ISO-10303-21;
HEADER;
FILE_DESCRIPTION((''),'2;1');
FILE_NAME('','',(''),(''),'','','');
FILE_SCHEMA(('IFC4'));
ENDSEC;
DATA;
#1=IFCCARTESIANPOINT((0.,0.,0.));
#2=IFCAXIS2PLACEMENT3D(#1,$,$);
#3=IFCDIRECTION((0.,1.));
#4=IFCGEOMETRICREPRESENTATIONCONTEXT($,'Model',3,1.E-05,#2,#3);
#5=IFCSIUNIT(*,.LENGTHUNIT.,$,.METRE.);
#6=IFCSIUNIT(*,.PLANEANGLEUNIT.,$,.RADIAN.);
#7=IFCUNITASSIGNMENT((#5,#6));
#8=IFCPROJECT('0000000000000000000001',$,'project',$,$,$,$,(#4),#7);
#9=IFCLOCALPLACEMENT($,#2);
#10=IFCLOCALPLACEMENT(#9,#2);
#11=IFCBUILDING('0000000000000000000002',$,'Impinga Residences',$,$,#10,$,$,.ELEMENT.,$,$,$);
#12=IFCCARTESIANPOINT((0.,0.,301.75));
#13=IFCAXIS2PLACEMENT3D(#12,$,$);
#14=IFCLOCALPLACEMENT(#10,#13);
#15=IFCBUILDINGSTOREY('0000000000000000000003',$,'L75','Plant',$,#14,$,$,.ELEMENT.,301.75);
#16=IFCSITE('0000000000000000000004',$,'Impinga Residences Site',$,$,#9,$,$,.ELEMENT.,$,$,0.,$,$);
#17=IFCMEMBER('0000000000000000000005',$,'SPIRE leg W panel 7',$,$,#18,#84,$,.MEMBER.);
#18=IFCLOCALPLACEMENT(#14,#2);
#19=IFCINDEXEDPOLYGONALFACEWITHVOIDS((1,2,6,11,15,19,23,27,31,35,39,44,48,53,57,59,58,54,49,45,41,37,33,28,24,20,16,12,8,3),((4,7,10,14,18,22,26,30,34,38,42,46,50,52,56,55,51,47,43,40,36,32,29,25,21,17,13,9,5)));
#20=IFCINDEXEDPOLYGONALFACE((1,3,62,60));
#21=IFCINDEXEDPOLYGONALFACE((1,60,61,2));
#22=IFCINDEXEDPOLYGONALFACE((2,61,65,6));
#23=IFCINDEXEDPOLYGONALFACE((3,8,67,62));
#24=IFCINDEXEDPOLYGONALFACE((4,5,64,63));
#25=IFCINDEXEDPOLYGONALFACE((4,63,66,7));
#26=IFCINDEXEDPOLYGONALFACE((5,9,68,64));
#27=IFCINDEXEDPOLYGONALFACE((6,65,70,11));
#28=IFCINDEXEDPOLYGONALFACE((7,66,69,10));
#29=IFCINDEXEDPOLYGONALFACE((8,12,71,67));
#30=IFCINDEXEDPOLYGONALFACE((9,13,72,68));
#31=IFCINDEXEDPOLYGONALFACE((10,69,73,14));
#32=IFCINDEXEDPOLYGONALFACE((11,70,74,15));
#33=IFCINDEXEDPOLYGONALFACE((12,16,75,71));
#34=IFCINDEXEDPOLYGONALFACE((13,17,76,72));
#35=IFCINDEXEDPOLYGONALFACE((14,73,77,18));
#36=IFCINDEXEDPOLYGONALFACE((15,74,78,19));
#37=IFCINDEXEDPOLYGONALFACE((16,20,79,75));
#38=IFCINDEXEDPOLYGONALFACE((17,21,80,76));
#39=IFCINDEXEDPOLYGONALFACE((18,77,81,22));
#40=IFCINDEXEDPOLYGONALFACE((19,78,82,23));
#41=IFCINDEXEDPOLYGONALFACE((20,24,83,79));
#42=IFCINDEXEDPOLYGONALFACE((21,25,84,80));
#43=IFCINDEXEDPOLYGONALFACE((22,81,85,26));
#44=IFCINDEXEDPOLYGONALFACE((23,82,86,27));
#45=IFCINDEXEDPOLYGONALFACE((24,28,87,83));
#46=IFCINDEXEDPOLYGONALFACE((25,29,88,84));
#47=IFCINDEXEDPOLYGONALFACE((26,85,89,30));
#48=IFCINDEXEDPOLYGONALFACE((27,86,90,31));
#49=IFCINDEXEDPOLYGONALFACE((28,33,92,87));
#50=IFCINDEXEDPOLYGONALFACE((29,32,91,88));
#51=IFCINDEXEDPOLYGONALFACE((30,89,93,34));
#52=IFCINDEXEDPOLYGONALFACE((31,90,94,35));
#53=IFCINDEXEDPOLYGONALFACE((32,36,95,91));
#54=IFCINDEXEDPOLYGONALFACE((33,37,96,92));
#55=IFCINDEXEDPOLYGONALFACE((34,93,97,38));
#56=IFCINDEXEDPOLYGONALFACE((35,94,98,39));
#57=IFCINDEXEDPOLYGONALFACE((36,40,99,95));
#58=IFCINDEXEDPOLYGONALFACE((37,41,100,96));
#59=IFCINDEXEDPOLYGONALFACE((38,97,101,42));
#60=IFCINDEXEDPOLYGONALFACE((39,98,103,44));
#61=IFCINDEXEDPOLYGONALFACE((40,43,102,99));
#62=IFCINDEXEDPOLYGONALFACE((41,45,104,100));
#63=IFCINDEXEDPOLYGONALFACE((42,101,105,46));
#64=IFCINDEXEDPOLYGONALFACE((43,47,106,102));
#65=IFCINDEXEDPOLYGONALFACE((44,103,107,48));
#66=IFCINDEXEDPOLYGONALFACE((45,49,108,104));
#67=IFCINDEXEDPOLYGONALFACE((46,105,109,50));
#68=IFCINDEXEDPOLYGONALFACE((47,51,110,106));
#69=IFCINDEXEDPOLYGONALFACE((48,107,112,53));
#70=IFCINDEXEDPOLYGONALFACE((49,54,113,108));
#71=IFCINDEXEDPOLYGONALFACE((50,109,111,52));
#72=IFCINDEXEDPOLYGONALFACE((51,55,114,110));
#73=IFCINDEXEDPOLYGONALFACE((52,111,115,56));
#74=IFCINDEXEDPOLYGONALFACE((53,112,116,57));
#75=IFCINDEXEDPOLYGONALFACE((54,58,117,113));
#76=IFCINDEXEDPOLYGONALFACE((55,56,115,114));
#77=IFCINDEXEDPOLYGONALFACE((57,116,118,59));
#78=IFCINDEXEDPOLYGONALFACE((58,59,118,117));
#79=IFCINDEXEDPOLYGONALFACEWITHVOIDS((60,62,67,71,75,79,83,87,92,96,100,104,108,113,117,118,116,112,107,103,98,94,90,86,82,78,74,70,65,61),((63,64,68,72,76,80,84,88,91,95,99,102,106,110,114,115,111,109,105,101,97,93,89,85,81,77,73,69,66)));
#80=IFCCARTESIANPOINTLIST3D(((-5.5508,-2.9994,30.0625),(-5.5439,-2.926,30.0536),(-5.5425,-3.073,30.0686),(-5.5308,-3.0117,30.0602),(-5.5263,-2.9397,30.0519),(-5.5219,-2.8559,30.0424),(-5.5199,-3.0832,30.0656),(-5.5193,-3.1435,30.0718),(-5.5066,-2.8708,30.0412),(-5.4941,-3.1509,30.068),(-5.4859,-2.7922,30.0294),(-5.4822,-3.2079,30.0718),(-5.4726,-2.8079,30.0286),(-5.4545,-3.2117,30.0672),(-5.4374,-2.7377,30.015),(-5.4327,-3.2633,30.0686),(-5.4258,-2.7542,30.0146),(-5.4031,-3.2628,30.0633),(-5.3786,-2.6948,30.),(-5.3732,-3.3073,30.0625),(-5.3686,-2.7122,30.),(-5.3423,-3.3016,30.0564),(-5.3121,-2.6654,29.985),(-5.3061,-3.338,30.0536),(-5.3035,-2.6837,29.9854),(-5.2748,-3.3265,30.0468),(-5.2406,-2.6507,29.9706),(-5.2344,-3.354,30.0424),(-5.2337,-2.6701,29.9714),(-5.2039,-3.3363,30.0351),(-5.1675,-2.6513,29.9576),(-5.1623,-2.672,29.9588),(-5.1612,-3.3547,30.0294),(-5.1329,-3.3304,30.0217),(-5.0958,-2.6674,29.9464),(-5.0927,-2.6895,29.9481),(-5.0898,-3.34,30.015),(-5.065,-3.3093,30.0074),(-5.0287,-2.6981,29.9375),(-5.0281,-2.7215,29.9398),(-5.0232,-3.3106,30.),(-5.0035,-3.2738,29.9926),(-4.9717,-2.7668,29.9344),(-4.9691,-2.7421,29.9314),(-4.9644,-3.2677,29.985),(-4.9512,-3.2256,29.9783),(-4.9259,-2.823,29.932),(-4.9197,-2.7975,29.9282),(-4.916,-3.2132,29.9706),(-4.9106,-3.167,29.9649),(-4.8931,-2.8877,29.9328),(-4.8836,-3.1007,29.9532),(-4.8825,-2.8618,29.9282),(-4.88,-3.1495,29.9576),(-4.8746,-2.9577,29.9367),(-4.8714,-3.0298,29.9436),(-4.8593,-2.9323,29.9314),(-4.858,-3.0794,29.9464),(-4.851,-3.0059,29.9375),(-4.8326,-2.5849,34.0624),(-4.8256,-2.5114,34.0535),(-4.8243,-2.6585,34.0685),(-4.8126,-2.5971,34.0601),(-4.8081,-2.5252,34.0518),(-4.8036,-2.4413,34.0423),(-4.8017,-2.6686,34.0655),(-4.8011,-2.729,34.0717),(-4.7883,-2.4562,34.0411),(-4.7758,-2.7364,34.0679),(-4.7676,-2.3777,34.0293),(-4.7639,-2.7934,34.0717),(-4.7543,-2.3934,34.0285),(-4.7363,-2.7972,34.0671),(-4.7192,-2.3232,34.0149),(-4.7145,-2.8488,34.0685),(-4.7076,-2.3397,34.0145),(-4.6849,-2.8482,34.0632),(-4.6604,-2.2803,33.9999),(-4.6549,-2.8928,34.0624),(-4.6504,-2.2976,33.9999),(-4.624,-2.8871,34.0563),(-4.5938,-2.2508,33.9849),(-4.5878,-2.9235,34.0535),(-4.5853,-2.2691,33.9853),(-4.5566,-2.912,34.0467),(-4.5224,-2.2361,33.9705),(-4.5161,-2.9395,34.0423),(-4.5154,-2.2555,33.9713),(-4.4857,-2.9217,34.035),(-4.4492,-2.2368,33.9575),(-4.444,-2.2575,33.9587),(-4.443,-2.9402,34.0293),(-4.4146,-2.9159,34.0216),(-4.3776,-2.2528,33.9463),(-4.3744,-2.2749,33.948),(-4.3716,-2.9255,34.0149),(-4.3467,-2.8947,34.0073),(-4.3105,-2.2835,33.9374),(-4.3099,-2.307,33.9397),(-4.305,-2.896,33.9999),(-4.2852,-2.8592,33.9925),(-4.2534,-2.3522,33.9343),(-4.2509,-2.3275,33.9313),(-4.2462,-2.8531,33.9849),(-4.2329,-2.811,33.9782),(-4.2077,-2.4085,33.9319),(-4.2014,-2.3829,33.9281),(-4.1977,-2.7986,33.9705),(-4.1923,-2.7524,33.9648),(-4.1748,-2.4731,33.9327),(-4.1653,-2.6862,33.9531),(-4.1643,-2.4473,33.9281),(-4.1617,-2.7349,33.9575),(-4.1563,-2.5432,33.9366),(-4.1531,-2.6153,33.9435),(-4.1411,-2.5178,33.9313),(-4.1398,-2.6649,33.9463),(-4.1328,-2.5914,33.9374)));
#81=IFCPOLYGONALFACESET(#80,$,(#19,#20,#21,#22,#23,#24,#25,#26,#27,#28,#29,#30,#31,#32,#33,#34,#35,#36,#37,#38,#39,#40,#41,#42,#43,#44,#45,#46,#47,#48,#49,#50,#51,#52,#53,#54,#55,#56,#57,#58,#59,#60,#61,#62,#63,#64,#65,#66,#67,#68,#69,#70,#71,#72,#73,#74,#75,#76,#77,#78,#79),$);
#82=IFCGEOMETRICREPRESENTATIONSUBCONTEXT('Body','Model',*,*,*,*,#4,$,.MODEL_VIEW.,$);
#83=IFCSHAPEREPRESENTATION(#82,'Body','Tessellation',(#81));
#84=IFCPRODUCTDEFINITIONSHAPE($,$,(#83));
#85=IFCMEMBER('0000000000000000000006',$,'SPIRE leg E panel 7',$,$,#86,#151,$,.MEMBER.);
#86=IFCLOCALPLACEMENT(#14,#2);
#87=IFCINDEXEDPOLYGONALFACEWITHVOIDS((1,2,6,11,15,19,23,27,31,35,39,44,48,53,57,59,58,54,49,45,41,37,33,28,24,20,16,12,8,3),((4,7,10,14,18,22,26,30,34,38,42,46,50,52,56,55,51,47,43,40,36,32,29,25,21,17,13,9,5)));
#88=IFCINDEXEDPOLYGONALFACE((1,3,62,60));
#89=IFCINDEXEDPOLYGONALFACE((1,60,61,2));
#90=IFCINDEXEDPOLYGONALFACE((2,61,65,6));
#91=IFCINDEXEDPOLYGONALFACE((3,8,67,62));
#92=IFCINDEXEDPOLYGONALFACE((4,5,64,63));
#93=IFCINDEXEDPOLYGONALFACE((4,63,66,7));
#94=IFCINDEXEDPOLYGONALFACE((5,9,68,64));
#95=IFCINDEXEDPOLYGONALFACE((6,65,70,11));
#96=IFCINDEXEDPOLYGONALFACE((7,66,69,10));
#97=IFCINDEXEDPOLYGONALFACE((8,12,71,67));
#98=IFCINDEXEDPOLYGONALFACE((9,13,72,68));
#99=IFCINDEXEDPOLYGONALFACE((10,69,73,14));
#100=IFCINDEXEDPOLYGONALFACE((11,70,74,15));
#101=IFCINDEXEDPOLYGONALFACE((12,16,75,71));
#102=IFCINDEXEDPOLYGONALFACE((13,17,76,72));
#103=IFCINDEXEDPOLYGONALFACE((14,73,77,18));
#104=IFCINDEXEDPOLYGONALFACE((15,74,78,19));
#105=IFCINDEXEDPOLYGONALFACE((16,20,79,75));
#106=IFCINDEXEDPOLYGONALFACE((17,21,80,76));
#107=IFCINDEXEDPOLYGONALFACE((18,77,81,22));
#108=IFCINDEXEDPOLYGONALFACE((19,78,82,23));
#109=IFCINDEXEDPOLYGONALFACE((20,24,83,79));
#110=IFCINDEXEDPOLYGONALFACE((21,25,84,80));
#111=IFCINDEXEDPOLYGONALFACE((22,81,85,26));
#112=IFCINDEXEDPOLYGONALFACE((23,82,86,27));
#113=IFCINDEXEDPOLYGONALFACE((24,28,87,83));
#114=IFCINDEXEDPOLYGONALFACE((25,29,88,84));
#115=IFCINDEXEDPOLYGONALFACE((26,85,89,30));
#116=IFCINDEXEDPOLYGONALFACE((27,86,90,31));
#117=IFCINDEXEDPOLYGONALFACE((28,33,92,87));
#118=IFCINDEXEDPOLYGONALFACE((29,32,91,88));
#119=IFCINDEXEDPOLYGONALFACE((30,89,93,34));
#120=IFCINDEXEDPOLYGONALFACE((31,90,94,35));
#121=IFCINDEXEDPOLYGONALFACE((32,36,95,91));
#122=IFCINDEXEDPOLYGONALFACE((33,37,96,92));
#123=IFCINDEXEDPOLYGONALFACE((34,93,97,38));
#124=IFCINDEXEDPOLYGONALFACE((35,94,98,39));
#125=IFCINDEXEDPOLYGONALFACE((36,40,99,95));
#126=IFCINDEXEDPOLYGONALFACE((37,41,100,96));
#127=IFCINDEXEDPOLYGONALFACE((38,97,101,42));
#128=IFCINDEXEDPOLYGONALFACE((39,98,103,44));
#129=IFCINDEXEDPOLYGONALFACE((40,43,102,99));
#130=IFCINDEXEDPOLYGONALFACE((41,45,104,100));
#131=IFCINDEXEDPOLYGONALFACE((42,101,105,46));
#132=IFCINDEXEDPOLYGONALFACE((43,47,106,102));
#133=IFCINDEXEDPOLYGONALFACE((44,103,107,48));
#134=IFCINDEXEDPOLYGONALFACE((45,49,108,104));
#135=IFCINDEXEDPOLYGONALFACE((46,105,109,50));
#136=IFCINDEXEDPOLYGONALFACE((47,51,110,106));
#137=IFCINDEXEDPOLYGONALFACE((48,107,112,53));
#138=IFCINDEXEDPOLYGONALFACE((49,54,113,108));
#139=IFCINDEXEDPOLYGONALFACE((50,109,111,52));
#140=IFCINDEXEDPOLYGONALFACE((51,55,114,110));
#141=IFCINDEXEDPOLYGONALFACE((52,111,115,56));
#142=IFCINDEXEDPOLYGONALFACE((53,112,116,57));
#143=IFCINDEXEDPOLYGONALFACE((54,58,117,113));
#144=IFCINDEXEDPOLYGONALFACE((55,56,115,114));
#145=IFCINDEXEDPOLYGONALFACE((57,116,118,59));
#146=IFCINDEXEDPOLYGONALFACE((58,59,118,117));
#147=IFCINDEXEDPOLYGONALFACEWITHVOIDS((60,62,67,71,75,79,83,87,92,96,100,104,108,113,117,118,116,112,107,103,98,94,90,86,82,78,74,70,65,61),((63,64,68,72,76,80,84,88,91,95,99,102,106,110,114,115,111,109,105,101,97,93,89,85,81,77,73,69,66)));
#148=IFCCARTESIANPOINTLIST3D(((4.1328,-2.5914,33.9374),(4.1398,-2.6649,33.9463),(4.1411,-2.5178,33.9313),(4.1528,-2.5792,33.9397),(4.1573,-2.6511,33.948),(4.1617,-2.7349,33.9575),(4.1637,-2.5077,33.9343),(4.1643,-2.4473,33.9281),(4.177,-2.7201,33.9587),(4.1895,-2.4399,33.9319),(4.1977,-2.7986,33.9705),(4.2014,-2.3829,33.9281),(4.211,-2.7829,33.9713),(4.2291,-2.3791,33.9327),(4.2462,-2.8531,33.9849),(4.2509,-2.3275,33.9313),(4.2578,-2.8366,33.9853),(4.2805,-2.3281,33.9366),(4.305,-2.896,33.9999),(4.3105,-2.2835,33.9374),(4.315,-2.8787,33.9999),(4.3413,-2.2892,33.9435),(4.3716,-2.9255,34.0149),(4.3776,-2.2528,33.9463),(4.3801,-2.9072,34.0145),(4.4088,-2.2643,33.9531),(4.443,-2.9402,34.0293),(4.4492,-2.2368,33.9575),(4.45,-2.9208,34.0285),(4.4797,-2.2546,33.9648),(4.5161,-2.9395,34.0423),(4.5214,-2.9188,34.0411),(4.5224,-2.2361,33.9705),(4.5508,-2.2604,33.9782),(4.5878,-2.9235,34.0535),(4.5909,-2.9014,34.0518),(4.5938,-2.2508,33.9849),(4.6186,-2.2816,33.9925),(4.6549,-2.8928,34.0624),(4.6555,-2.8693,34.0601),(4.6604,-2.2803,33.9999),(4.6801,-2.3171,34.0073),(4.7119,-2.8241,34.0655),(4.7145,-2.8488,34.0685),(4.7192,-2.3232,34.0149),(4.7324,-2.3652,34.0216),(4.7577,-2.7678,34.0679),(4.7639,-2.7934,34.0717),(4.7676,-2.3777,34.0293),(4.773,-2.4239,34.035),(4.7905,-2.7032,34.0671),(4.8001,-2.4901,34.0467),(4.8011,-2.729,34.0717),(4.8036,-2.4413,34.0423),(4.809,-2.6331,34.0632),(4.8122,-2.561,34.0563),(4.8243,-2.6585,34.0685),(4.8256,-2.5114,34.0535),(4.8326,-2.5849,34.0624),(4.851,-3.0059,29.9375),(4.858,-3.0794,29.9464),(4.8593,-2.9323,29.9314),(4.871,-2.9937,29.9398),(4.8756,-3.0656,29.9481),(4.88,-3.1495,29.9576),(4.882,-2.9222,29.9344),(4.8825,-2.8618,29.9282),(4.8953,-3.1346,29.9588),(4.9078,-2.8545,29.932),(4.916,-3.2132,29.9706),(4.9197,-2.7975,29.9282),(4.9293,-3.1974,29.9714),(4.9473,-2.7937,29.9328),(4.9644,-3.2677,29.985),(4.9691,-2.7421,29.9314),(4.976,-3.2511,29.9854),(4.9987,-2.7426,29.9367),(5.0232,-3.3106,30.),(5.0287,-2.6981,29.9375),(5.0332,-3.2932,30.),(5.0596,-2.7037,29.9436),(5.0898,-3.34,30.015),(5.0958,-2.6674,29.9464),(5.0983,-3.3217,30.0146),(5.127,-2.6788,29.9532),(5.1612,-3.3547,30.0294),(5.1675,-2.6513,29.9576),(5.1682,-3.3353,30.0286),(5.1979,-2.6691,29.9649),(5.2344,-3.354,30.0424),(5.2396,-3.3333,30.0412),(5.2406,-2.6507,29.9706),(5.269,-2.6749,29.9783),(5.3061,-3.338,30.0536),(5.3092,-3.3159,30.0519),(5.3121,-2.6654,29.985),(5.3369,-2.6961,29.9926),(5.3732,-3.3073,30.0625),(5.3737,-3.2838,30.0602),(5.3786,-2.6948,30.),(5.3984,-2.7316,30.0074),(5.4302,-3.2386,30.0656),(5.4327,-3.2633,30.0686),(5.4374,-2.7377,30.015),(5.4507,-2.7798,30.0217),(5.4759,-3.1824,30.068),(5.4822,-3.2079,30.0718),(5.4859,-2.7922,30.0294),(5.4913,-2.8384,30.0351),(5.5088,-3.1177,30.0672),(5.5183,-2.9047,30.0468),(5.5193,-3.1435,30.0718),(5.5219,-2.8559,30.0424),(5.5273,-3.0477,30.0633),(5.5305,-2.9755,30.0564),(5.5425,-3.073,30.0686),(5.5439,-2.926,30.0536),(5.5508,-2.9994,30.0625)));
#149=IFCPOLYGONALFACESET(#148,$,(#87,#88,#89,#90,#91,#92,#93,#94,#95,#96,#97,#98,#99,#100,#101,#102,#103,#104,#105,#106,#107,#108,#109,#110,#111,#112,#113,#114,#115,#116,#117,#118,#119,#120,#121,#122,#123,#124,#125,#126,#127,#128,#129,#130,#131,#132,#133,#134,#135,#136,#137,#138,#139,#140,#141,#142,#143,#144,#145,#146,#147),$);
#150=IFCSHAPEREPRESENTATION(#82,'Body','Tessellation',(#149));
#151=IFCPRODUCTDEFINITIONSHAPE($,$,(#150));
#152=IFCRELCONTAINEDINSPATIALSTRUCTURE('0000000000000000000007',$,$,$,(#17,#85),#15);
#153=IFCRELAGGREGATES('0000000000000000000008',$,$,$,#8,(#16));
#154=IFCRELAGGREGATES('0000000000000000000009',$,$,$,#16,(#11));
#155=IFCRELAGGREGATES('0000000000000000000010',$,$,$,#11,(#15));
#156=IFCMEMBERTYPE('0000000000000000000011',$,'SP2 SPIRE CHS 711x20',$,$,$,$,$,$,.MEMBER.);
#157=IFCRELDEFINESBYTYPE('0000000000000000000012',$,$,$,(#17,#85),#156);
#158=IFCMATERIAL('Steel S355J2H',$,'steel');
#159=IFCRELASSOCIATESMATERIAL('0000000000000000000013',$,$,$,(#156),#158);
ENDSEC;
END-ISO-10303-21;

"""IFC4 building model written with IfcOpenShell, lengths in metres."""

from ifc_helpers import new_model, si_unit, direction, frame, origin, origin_2d, place, context, subcontext, project, spatial, hollow_circle, extrude, material, material_profile, profile_set, type_object, element, save


model = new_model("IFC4")

# Units and contexts
model_context = context("Model", 3, precision=1e-05, world=origin(), true_north=direction((0.0, 1.0)))
body_context = subcontext(model_context, "Body", "Model", "MODEL_VIEW")
ifc_project = project(units=[si_unit("LENGTHUNIT", "METRE"), si_unit("PLANEANGLEUNIT", "RADIAN")], contexts=[model_context])

# Site, building, storey
site_placement = place(None, origin())
site = spatial("IfcSite", under=ifc_project, at=site_placement, Name="Impinga Residences Site", CompositionType="ELEMENT", RefElevation=0.0)
building_placement = place(site_placement, origin())
building = spatial("IfcBuilding", under=site, at=building_placement, Name="Impinga Residences", CompositionType="ELEMENT")
storey_placement = place(building_placement, frame((0.0, 0.0, 301.75)))
storey = spatial("IfcBuildingStorey", under=building, at=storey_placement, Name="L75", Description="Plant", CompositionType="ELEMENT", Elevation=301.75)

# Members
ifc_material = material(Name="Steel S355J2H", Category="steel")
ifc_material_profile_1 = material_profile(ifc_material, hollow_circle(Radius=0.3555, WallThickness=0.02, at=origin_2d()), Name="CHS 711x20")
ifc_profile_set_1 = profile_set([ifc_material_profile_1], Name="Steel S355J2H")
member_type_1 = type_object("IfcMemberType", Name="SP2 SPIRE CHS 711x20", PredefinedType="MEMBER", material=ifc_profile_set_1)
for number, where, z_axis, x_axis, name in (
    (1, (-5.2009, -3.0027, 30.0), (0.175826, 0.10148, 0.979177), (-0.499875, 0.866097, 0.0), "SPIRE leg W panel 7"),
    (2, (5.2009, -3.0027, 30.0), (-0.175826, 0.10148, 0.979177), (-0.499875, -0.866097, 0.0), "SPIRE leg E panel 7"),
):
    element("IfcMember", number, at=place(storey_placement, frame(where, z_axis=z_axis, x_axis=x_axis)), inside=storey, type_object=member_type_1, Name=name, PredefinedType="MEMBER", context=body_context, shape_type="SweptSolid", body=[
        extrude(hollow_circle(Radius=0.3555, WallThickness=0.02, at=origin_2d()), origin(), (0.0, 0.0, 1.0), 4.085),
    ])

save(model, "model.ifc")
